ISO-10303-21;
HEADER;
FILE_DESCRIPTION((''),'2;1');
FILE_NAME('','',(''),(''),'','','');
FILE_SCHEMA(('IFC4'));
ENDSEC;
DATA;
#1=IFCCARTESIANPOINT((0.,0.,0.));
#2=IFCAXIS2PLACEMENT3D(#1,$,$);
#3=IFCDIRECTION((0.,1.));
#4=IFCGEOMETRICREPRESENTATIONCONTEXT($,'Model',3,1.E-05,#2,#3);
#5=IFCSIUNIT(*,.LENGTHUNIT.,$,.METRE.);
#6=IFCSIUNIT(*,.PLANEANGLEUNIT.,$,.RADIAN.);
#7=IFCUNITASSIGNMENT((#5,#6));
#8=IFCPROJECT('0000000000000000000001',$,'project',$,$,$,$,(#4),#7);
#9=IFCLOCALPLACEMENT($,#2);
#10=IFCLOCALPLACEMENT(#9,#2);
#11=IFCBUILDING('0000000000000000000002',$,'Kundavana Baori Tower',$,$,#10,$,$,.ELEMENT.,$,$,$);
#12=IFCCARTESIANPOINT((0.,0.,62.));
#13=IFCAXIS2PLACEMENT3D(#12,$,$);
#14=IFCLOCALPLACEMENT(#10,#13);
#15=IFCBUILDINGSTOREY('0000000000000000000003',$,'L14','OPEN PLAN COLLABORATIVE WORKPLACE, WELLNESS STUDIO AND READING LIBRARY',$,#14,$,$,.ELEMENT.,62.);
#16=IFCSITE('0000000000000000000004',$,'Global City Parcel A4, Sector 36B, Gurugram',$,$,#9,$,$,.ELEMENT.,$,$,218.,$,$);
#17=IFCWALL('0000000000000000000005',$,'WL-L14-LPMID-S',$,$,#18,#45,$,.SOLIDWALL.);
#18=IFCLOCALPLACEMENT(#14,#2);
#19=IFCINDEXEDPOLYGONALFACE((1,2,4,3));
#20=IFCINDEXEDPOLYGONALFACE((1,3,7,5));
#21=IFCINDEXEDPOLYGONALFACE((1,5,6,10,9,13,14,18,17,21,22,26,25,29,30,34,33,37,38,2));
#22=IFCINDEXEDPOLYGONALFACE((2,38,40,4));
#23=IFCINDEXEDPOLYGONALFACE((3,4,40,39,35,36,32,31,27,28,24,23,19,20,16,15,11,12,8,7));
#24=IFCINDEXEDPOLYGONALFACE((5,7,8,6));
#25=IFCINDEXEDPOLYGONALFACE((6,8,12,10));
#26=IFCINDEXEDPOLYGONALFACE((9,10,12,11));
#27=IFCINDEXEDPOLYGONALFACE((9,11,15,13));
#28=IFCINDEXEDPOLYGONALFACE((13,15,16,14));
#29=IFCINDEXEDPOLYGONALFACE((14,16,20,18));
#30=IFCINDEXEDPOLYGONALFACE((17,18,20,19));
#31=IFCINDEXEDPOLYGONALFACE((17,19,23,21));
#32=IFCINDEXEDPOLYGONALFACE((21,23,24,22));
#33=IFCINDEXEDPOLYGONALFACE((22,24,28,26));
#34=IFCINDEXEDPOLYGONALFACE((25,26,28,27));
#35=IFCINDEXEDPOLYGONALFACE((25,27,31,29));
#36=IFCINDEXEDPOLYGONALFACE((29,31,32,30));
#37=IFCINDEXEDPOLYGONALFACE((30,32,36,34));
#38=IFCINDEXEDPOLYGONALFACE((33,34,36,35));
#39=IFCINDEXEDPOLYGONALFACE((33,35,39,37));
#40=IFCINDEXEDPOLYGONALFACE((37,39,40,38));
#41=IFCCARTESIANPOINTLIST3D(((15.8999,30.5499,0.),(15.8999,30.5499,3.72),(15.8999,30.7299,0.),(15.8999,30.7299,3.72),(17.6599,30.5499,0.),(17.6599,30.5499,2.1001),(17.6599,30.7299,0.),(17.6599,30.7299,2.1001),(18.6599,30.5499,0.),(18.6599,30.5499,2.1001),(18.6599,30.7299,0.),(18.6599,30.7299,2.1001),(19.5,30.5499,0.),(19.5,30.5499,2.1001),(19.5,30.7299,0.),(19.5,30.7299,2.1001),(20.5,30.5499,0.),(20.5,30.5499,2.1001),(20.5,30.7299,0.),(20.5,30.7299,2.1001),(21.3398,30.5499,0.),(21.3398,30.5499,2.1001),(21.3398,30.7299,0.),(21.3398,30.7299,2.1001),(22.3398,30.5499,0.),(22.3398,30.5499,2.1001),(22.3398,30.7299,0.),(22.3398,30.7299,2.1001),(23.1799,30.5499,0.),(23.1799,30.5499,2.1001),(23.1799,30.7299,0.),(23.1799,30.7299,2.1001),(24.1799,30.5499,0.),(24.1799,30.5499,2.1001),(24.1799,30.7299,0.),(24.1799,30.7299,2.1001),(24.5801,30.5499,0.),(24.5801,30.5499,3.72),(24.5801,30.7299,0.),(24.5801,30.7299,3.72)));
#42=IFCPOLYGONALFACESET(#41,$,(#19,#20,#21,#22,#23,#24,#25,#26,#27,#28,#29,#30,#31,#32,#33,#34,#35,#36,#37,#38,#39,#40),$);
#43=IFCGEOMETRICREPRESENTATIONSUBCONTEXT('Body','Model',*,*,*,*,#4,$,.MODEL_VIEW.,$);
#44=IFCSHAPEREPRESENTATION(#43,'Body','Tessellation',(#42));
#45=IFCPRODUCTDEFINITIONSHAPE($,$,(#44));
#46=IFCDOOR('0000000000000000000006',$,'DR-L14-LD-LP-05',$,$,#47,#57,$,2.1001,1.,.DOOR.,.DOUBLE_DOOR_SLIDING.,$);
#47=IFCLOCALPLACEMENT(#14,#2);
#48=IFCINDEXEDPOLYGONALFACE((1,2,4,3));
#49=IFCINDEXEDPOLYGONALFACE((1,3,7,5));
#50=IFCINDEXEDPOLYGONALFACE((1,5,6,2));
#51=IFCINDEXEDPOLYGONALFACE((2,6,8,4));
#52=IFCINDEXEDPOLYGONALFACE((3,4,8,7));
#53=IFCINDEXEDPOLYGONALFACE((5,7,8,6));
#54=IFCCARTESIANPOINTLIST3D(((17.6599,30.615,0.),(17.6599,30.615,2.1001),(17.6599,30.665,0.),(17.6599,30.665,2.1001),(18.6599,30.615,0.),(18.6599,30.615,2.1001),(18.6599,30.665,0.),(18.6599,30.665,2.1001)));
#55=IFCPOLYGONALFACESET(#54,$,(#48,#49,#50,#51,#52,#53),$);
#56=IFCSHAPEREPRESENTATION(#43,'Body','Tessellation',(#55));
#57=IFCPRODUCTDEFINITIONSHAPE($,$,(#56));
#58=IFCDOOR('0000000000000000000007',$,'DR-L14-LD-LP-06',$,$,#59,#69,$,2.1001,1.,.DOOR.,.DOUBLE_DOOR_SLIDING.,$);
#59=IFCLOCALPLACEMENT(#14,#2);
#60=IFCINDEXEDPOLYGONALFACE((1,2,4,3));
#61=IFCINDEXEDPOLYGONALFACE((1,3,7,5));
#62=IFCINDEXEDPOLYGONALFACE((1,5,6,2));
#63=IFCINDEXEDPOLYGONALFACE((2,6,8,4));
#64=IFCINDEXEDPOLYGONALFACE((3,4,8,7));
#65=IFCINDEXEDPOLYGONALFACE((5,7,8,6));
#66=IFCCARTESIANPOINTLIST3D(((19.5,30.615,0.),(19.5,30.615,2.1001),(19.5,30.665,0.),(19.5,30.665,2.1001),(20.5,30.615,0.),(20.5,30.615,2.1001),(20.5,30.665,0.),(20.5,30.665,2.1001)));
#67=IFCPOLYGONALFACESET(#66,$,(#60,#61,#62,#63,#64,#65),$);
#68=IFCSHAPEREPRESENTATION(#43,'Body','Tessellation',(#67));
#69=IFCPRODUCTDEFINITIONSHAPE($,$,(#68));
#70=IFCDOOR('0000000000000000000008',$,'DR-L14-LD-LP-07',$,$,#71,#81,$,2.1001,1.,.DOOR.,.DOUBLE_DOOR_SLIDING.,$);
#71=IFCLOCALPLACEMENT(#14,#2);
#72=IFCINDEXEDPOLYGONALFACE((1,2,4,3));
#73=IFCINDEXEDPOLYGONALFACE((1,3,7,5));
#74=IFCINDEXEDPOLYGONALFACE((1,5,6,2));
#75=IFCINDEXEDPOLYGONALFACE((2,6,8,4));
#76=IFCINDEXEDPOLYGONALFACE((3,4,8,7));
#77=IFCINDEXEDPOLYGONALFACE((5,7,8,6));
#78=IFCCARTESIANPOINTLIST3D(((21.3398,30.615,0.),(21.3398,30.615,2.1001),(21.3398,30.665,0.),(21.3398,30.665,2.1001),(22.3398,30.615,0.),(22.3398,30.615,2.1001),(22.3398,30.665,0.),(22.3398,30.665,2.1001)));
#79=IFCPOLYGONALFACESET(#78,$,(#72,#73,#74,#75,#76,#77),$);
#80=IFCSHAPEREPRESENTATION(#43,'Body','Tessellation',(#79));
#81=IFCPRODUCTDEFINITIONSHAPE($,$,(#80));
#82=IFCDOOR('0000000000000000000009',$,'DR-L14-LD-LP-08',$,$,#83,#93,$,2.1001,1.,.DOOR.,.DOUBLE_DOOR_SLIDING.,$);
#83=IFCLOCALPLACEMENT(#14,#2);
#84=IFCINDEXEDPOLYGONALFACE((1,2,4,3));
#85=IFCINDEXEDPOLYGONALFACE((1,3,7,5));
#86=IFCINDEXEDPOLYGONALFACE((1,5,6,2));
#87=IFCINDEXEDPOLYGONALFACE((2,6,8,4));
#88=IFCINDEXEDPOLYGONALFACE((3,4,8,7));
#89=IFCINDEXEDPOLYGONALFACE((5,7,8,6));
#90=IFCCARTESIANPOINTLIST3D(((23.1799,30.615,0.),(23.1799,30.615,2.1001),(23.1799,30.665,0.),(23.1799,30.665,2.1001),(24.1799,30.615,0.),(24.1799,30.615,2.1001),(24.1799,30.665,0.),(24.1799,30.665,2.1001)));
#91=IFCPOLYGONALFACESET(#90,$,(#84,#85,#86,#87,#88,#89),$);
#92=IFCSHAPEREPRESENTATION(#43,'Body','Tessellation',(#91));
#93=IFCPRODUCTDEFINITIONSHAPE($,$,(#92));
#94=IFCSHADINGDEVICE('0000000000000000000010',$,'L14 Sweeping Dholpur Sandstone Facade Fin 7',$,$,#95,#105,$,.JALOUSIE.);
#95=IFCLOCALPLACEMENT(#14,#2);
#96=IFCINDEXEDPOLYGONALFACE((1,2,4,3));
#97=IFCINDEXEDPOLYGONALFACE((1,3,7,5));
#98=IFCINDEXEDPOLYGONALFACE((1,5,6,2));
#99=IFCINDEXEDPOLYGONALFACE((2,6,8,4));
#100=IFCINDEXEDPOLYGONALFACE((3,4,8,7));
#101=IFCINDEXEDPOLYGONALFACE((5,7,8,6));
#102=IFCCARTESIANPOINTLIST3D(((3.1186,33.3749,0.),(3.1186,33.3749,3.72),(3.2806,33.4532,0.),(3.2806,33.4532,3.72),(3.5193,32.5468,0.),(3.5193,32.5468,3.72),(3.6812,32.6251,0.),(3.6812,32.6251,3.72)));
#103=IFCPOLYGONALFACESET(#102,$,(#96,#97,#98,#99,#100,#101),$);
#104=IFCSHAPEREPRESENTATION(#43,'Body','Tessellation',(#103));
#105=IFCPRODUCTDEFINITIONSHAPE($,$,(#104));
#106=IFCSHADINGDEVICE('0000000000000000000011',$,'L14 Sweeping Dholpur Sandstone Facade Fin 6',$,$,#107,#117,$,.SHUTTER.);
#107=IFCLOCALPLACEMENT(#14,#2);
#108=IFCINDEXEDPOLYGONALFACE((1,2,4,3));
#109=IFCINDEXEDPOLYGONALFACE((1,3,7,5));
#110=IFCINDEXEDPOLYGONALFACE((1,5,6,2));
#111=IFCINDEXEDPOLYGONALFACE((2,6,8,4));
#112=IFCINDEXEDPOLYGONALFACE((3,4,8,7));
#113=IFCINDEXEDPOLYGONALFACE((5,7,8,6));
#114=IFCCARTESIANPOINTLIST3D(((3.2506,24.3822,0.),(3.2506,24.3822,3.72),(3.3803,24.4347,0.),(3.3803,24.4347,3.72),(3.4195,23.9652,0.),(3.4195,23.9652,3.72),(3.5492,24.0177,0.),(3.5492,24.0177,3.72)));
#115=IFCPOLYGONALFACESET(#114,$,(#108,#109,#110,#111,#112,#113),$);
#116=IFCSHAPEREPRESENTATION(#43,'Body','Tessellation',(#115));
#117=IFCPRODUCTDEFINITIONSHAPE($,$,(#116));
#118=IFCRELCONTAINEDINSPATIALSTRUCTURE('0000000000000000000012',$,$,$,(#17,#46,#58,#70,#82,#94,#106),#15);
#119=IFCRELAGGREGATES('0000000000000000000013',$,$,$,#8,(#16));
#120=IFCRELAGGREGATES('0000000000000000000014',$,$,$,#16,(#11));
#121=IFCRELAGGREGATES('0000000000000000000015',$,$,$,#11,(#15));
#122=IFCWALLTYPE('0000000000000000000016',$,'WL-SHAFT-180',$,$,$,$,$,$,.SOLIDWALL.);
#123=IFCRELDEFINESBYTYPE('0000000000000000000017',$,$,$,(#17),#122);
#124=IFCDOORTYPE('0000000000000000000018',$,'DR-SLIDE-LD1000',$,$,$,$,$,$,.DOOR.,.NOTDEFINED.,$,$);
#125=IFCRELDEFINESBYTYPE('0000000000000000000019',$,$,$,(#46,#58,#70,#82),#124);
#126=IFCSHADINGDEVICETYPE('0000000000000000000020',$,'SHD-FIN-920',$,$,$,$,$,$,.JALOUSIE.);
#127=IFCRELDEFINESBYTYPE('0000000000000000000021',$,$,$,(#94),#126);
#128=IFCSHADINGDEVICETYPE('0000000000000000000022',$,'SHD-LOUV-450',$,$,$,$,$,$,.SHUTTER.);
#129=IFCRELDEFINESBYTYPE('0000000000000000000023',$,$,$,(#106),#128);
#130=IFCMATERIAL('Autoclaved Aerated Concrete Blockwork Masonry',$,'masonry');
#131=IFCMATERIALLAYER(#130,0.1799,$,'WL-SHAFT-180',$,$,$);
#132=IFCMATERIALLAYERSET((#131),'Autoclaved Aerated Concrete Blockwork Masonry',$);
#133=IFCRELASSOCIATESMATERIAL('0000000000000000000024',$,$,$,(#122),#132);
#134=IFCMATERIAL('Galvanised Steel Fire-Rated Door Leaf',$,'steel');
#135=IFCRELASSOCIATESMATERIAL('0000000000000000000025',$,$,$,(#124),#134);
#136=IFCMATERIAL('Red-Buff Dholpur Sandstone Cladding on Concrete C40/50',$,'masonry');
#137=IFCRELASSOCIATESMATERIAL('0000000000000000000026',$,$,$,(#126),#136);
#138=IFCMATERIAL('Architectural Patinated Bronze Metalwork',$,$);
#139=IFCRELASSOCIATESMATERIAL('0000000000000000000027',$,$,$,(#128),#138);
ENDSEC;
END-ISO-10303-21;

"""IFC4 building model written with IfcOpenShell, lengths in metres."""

from ifc_helpers import new_model, si_unit, direction, frame, frame_2d, origin, origin_2d, place, context, subcontext, project, spatial, rectangle, extrude, material, layer, layer_set, type_object, element, fill, save


model = new_model("IFC4")

# Units and contexts
model_context = context("Model", 3, precision=1e-05, world=origin(), true_north=direction((0.0, 1.0)))
body_context = subcontext(model_context, "Body", "Model", "MODEL_VIEW")
ifc_project = project(units=[si_unit("LENGTHUNIT", "METRE"), si_unit("PLANEANGLEUNIT", "RADIAN")], contexts=[model_context])

# Site, building, storey
site_placement = place(None, origin())
site = spatial("IfcSite", under=ifc_project, at=site_placement, Name="Global City Parcel A4, Sector 36B, Gurugram", CompositionType="ELEMENT", RefElevation=218.0)
building_placement = place(site_placement, origin())
building = spatial("IfcBuilding", under=site, at=building_placement, Name="Kundavana Baori Tower", CompositionType="ELEMENT")
storey_placement = place(building_placement, frame((0.0, 0.0, 62.0)))
storey = spatial("IfcBuildingStorey", under=building, at=storey_placement, Name="L14", Description="OPEN PLAN COLLABORATIVE WORKPLACE, WELLNESS STUDIO AND READING LIBRARY", CompositionType="ELEMENT", Elevation=62.0)

# Shared definitions
ifc_material_1 = material(Name="Autoclaved Aerated Concrete Blockwork Masonry", Category="masonry")
ifc_layer_1 = layer(ifc_material_1, 0.1799, Name="WL-SHAFT-180")
ifc_layer_set_1 = layer_set([ifc_layer_1], Name="Autoclaved Aerated Concrete Blockwork Masonry")
wall_type_1 = type_object("IfcWallType", Name="WL-SHAFT-180", PredefinedType="SOLIDWALL", material=ifc_layer_set_1)
ifc_material_2 = material(Name="Galvanised Steel Fire-Rated Door Leaf", Category="steel")
door_type = type_object("IfcDoorType", Name="DR-SLIDE-LD1000", OperationType="NOTDEFINED", PredefinedType="DOOR", material=ifc_material_2)

# Wall, openings, doors
wall_1_placement = place(storey_placement, frame((15.8999, 30.6399, 0.0), z_axis=(0.0, 0.0, 1.0), x_axis=(1.0, 0.0, 0.0)))
wall_1 = element("IfcWall", 1, at=wall_1_placement, inside=storey, type_object=wall_type_1, Name="WL-L14-LPMID-S", PredefinedType="SOLIDWALL", context=body_context, shape_type="SweptSolid", body=[
    extrude(rectangle(XDim=8.6802, YDim=0.1799, at=frame_2d((4.3401, 0.0))), origin(), (0.0, 0.0, 1.0), 3.72),
])
opening_1_placement = place(wall_1_placement, frame((1.76, 0.0, 0.0)))
opening_1 = element("IfcOpeningElement", 2, at=opening_1_placement, cuts=wall_1, PredefinedType="OPENING", context=body_context, shape_type="SweptSolid", body=[
    extrude(rectangle(XDim=1.0, YDim=2.1001, at=frame_2d((0.5, 1.05))), frame((0.0, 0.1001, 0.0), z_axis=(0.0, -1.0, 0.0), x_axis=(1.0, 0.0, 0.0)), (0.0, 0.0, 1.0), 0.2),
])
opening_2_placement = place(wall_1_placement, frame((3.6001, 0.0, 0.0)))
opening_2 = element("IfcOpeningElement", 3, at=opening_2_placement, cuts=wall_1, PredefinedType="OPENING", context=body_context, shape_type="SweptSolid", body=[
    extrude(rectangle(XDim=1.0, YDim=2.1001, at=frame_2d((0.5, 1.05))), frame((0.0, 0.1001, 0.0), z_axis=(0.0, -1.0, 0.0), x_axis=(1.0, 0.0, 0.0)), (0.0, 0.0, 1.0), 0.2),
])
opening_3_placement = place(wall_1_placement, frame((5.4399, 0.0, 0.0)))
opening_3 = element("IfcOpeningElement", 4, at=opening_3_placement, cuts=wall_1, PredefinedType="OPENING", context=body_context, shape_type="SweptSolid", body=[
    extrude(rectangle(XDim=1.0, YDim=2.1001, at=frame_2d((0.5, 1.05))), frame((0.0, 0.1001, 0.0), z_axis=(0.0, -1.0, 0.0), x_axis=(1.0, 0.0, 0.0)), (0.0, 0.0, 1.0), 0.2),
])
opening_4_placement = place(wall_1_placement, frame((7.28, 0.0, 0.0)))
opening_4 = element("IfcOpeningElement", 5, at=opening_4_placement, cuts=wall_1, PredefinedType="OPENING", context=body_context, shape_type="SweptSolid", body=[
    extrude(rectangle(XDim=1.0, YDim=2.1001, at=frame_2d((0.5, 1.05))), frame((0.0, 0.1001, 0.0), z_axis=(0.0, -1.0, 0.0), x_axis=(1.0, 0.0, 0.0)), (0.0, 0.0, 1.0), 0.2),
])
door_1_placement = place(opening_1_placement, frame((1.0, 0.0, 0.0), z_axis=(0.0, 0.0, 1.0), x_axis=(-1.0, 0.0, 0.0)))
door_1 = element("IfcDoor", 6, at=door_1_placement, inside=storey, type_object=door_type, Name="DR-L14-LD-LP-05", OperationType="DOUBLE_DOOR_SLIDING", OverallHeight=2.1001, OverallWidth=1.0, PredefinedType="DOOR", context=body_context, shape_type="SweptSolid", body=[
    extrude(rectangle(XDim=1.0, YDim=2.1001, at=frame_2d((0.5, 1.05))), frame((0.0, 0.0249, 0.0), z_axis=(0.0, -1.0, 0.0), x_axis=(1.0, 0.0, 0.0)), (0.0, 0.0, 1.0), 0.05),
])
fill(opening_1, door_1)
door_2_placement = place(opening_2_placement, frame((1.0, 0.0, 0.0), z_axis=(0.0, 0.0, 1.0), x_axis=(-1.0, 0.0, 0.0)))
door_2 = element("IfcDoor", 7, at=door_2_placement, inside=storey, type_object=door_type, Name="DR-L14-LD-LP-06", OperationType="DOUBLE_DOOR_SLIDING", OverallHeight=2.1001, OverallWidth=1.0, PredefinedType="DOOR", context=body_context, shape_type="SweptSolid", body=[
    extrude(rectangle(XDim=1.0, YDim=2.1001, at=frame_2d((0.5, 1.05))), frame((0.0, 0.0249, 0.0), z_axis=(0.0, -1.0, 0.0), x_axis=(1.0, 0.0, 0.0)), (0.0, 0.0, 1.0), 0.05),
])
fill(opening_2, door_2)
door_3_placement = place(opening_3_placement, frame((1.0, 0.0, 0.0), z_axis=(0.0, 0.0, 1.0), x_axis=(-1.0, 0.0, 0.0)))
door_3 = element("IfcDoor", 8, at=door_3_placement, inside=storey, type_object=door_type, Name="DR-L14-LD-LP-07", OperationType="DOUBLE_DOOR_SLIDING", OverallHeight=2.1001, OverallWidth=1.0, PredefinedType="DOOR", context=body_context, shape_type="SweptSolid", body=[
    extrude(rectangle(XDim=1.0, YDim=2.1001, at=frame_2d((0.5, 1.05))), frame((0.0, 0.0249, 0.0), z_axis=(0.0, -1.0, 0.0), x_axis=(1.0, 0.0, 0.0)), (0.0, 0.0, 1.0), 0.05),
])
fill(opening_3, door_3)
door_4_placement = place(opening_4_placement, frame((1.0, 0.0, 0.0), z_axis=(0.0, 0.0, 1.0), x_axis=(-1.0, 0.0, 0.0)))
door_4 = element("IfcDoor", 9, at=door_4_placement, inside=storey, type_object=door_type, Name="DR-L14-LD-LP-08", OperationType="DOUBLE_DOOR_SLIDING", OverallHeight=2.1001, OverallWidth=1.0, PredefinedType="DOOR", context=body_context, shape_type="SweptSolid", body=[
    extrude(rectangle(XDim=1.0, YDim=2.1001, at=frame_2d((0.5, 1.05))), frame((0.0, 0.0249, 0.0), z_axis=(0.0, -1.0, 0.0), x_axis=(1.0, 0.0, 0.0)), (0.0, 0.0, 1.0), 0.05),
])
fill(opening_4, door_4)

# Shading devices
ifc_material_3 = material(Name="Red-Buff Dholpur Sandstone Cladding on Concrete C40/50", Category="masonry")
shading_device_type_1 = type_object("IfcShadingDeviceType", Name="SHD-FIN-920", PredefinedType="JALOUSIE", material=ifc_material_3)
shading_device_1_placement = place(storey_placement, frame((3.3999, 33.0, 0.0), z_axis=(0.0, 0.0, 1.0), x_axis=(0.900167, 0.435545, 0.0)))
element("IfcShadingDevice", 10, at=shading_device_1_placement, inside=storey, type_object=shading_device_type_1, Name="L14 Sweeping Dholpur Sandstone Facade Fin 7", PredefinedType="JALOUSIE", context=body_context, shape_type="SweptSolid", body=[
    extrude(rectangle(XDim=0.1799, YDim=0.9199, at=origin_2d()), origin(), (0.0, 0.0, 1.0), 3.72),
])
ifc_material_4 = material(Name="Architectural Patinated Bronze Metalwork")
shading_device_type_2 = type_object("IfcShadingDeviceType", Name="SHD-LOUV-450", PredefinedType="SHUTTER", material=ifc_material_4)
shading_device_2_placement = place(storey_placement, frame((3.3999, 24.2, 0.0), z_axis=(0.0, 0.0, 1.0), x_axis=(0.926857, 0.375416, 0.0)))
element("IfcShadingDevice", 11, at=shading_device_2_placement, inside=storey, type_object=shading_device_type_2, Name="L14 Sweeping Dholpur Sandstone Facade Fin 6", PredefinedType="SHUTTER", context=body_context, shape_type="SweptSolid", body=[
    extrude(rectangle(XDim=0.1399, YDim=0.45, at=origin_2d()), origin(), (0.0, 0.0, 1.0), 3.72),
])

save(model, "model.ifc")
